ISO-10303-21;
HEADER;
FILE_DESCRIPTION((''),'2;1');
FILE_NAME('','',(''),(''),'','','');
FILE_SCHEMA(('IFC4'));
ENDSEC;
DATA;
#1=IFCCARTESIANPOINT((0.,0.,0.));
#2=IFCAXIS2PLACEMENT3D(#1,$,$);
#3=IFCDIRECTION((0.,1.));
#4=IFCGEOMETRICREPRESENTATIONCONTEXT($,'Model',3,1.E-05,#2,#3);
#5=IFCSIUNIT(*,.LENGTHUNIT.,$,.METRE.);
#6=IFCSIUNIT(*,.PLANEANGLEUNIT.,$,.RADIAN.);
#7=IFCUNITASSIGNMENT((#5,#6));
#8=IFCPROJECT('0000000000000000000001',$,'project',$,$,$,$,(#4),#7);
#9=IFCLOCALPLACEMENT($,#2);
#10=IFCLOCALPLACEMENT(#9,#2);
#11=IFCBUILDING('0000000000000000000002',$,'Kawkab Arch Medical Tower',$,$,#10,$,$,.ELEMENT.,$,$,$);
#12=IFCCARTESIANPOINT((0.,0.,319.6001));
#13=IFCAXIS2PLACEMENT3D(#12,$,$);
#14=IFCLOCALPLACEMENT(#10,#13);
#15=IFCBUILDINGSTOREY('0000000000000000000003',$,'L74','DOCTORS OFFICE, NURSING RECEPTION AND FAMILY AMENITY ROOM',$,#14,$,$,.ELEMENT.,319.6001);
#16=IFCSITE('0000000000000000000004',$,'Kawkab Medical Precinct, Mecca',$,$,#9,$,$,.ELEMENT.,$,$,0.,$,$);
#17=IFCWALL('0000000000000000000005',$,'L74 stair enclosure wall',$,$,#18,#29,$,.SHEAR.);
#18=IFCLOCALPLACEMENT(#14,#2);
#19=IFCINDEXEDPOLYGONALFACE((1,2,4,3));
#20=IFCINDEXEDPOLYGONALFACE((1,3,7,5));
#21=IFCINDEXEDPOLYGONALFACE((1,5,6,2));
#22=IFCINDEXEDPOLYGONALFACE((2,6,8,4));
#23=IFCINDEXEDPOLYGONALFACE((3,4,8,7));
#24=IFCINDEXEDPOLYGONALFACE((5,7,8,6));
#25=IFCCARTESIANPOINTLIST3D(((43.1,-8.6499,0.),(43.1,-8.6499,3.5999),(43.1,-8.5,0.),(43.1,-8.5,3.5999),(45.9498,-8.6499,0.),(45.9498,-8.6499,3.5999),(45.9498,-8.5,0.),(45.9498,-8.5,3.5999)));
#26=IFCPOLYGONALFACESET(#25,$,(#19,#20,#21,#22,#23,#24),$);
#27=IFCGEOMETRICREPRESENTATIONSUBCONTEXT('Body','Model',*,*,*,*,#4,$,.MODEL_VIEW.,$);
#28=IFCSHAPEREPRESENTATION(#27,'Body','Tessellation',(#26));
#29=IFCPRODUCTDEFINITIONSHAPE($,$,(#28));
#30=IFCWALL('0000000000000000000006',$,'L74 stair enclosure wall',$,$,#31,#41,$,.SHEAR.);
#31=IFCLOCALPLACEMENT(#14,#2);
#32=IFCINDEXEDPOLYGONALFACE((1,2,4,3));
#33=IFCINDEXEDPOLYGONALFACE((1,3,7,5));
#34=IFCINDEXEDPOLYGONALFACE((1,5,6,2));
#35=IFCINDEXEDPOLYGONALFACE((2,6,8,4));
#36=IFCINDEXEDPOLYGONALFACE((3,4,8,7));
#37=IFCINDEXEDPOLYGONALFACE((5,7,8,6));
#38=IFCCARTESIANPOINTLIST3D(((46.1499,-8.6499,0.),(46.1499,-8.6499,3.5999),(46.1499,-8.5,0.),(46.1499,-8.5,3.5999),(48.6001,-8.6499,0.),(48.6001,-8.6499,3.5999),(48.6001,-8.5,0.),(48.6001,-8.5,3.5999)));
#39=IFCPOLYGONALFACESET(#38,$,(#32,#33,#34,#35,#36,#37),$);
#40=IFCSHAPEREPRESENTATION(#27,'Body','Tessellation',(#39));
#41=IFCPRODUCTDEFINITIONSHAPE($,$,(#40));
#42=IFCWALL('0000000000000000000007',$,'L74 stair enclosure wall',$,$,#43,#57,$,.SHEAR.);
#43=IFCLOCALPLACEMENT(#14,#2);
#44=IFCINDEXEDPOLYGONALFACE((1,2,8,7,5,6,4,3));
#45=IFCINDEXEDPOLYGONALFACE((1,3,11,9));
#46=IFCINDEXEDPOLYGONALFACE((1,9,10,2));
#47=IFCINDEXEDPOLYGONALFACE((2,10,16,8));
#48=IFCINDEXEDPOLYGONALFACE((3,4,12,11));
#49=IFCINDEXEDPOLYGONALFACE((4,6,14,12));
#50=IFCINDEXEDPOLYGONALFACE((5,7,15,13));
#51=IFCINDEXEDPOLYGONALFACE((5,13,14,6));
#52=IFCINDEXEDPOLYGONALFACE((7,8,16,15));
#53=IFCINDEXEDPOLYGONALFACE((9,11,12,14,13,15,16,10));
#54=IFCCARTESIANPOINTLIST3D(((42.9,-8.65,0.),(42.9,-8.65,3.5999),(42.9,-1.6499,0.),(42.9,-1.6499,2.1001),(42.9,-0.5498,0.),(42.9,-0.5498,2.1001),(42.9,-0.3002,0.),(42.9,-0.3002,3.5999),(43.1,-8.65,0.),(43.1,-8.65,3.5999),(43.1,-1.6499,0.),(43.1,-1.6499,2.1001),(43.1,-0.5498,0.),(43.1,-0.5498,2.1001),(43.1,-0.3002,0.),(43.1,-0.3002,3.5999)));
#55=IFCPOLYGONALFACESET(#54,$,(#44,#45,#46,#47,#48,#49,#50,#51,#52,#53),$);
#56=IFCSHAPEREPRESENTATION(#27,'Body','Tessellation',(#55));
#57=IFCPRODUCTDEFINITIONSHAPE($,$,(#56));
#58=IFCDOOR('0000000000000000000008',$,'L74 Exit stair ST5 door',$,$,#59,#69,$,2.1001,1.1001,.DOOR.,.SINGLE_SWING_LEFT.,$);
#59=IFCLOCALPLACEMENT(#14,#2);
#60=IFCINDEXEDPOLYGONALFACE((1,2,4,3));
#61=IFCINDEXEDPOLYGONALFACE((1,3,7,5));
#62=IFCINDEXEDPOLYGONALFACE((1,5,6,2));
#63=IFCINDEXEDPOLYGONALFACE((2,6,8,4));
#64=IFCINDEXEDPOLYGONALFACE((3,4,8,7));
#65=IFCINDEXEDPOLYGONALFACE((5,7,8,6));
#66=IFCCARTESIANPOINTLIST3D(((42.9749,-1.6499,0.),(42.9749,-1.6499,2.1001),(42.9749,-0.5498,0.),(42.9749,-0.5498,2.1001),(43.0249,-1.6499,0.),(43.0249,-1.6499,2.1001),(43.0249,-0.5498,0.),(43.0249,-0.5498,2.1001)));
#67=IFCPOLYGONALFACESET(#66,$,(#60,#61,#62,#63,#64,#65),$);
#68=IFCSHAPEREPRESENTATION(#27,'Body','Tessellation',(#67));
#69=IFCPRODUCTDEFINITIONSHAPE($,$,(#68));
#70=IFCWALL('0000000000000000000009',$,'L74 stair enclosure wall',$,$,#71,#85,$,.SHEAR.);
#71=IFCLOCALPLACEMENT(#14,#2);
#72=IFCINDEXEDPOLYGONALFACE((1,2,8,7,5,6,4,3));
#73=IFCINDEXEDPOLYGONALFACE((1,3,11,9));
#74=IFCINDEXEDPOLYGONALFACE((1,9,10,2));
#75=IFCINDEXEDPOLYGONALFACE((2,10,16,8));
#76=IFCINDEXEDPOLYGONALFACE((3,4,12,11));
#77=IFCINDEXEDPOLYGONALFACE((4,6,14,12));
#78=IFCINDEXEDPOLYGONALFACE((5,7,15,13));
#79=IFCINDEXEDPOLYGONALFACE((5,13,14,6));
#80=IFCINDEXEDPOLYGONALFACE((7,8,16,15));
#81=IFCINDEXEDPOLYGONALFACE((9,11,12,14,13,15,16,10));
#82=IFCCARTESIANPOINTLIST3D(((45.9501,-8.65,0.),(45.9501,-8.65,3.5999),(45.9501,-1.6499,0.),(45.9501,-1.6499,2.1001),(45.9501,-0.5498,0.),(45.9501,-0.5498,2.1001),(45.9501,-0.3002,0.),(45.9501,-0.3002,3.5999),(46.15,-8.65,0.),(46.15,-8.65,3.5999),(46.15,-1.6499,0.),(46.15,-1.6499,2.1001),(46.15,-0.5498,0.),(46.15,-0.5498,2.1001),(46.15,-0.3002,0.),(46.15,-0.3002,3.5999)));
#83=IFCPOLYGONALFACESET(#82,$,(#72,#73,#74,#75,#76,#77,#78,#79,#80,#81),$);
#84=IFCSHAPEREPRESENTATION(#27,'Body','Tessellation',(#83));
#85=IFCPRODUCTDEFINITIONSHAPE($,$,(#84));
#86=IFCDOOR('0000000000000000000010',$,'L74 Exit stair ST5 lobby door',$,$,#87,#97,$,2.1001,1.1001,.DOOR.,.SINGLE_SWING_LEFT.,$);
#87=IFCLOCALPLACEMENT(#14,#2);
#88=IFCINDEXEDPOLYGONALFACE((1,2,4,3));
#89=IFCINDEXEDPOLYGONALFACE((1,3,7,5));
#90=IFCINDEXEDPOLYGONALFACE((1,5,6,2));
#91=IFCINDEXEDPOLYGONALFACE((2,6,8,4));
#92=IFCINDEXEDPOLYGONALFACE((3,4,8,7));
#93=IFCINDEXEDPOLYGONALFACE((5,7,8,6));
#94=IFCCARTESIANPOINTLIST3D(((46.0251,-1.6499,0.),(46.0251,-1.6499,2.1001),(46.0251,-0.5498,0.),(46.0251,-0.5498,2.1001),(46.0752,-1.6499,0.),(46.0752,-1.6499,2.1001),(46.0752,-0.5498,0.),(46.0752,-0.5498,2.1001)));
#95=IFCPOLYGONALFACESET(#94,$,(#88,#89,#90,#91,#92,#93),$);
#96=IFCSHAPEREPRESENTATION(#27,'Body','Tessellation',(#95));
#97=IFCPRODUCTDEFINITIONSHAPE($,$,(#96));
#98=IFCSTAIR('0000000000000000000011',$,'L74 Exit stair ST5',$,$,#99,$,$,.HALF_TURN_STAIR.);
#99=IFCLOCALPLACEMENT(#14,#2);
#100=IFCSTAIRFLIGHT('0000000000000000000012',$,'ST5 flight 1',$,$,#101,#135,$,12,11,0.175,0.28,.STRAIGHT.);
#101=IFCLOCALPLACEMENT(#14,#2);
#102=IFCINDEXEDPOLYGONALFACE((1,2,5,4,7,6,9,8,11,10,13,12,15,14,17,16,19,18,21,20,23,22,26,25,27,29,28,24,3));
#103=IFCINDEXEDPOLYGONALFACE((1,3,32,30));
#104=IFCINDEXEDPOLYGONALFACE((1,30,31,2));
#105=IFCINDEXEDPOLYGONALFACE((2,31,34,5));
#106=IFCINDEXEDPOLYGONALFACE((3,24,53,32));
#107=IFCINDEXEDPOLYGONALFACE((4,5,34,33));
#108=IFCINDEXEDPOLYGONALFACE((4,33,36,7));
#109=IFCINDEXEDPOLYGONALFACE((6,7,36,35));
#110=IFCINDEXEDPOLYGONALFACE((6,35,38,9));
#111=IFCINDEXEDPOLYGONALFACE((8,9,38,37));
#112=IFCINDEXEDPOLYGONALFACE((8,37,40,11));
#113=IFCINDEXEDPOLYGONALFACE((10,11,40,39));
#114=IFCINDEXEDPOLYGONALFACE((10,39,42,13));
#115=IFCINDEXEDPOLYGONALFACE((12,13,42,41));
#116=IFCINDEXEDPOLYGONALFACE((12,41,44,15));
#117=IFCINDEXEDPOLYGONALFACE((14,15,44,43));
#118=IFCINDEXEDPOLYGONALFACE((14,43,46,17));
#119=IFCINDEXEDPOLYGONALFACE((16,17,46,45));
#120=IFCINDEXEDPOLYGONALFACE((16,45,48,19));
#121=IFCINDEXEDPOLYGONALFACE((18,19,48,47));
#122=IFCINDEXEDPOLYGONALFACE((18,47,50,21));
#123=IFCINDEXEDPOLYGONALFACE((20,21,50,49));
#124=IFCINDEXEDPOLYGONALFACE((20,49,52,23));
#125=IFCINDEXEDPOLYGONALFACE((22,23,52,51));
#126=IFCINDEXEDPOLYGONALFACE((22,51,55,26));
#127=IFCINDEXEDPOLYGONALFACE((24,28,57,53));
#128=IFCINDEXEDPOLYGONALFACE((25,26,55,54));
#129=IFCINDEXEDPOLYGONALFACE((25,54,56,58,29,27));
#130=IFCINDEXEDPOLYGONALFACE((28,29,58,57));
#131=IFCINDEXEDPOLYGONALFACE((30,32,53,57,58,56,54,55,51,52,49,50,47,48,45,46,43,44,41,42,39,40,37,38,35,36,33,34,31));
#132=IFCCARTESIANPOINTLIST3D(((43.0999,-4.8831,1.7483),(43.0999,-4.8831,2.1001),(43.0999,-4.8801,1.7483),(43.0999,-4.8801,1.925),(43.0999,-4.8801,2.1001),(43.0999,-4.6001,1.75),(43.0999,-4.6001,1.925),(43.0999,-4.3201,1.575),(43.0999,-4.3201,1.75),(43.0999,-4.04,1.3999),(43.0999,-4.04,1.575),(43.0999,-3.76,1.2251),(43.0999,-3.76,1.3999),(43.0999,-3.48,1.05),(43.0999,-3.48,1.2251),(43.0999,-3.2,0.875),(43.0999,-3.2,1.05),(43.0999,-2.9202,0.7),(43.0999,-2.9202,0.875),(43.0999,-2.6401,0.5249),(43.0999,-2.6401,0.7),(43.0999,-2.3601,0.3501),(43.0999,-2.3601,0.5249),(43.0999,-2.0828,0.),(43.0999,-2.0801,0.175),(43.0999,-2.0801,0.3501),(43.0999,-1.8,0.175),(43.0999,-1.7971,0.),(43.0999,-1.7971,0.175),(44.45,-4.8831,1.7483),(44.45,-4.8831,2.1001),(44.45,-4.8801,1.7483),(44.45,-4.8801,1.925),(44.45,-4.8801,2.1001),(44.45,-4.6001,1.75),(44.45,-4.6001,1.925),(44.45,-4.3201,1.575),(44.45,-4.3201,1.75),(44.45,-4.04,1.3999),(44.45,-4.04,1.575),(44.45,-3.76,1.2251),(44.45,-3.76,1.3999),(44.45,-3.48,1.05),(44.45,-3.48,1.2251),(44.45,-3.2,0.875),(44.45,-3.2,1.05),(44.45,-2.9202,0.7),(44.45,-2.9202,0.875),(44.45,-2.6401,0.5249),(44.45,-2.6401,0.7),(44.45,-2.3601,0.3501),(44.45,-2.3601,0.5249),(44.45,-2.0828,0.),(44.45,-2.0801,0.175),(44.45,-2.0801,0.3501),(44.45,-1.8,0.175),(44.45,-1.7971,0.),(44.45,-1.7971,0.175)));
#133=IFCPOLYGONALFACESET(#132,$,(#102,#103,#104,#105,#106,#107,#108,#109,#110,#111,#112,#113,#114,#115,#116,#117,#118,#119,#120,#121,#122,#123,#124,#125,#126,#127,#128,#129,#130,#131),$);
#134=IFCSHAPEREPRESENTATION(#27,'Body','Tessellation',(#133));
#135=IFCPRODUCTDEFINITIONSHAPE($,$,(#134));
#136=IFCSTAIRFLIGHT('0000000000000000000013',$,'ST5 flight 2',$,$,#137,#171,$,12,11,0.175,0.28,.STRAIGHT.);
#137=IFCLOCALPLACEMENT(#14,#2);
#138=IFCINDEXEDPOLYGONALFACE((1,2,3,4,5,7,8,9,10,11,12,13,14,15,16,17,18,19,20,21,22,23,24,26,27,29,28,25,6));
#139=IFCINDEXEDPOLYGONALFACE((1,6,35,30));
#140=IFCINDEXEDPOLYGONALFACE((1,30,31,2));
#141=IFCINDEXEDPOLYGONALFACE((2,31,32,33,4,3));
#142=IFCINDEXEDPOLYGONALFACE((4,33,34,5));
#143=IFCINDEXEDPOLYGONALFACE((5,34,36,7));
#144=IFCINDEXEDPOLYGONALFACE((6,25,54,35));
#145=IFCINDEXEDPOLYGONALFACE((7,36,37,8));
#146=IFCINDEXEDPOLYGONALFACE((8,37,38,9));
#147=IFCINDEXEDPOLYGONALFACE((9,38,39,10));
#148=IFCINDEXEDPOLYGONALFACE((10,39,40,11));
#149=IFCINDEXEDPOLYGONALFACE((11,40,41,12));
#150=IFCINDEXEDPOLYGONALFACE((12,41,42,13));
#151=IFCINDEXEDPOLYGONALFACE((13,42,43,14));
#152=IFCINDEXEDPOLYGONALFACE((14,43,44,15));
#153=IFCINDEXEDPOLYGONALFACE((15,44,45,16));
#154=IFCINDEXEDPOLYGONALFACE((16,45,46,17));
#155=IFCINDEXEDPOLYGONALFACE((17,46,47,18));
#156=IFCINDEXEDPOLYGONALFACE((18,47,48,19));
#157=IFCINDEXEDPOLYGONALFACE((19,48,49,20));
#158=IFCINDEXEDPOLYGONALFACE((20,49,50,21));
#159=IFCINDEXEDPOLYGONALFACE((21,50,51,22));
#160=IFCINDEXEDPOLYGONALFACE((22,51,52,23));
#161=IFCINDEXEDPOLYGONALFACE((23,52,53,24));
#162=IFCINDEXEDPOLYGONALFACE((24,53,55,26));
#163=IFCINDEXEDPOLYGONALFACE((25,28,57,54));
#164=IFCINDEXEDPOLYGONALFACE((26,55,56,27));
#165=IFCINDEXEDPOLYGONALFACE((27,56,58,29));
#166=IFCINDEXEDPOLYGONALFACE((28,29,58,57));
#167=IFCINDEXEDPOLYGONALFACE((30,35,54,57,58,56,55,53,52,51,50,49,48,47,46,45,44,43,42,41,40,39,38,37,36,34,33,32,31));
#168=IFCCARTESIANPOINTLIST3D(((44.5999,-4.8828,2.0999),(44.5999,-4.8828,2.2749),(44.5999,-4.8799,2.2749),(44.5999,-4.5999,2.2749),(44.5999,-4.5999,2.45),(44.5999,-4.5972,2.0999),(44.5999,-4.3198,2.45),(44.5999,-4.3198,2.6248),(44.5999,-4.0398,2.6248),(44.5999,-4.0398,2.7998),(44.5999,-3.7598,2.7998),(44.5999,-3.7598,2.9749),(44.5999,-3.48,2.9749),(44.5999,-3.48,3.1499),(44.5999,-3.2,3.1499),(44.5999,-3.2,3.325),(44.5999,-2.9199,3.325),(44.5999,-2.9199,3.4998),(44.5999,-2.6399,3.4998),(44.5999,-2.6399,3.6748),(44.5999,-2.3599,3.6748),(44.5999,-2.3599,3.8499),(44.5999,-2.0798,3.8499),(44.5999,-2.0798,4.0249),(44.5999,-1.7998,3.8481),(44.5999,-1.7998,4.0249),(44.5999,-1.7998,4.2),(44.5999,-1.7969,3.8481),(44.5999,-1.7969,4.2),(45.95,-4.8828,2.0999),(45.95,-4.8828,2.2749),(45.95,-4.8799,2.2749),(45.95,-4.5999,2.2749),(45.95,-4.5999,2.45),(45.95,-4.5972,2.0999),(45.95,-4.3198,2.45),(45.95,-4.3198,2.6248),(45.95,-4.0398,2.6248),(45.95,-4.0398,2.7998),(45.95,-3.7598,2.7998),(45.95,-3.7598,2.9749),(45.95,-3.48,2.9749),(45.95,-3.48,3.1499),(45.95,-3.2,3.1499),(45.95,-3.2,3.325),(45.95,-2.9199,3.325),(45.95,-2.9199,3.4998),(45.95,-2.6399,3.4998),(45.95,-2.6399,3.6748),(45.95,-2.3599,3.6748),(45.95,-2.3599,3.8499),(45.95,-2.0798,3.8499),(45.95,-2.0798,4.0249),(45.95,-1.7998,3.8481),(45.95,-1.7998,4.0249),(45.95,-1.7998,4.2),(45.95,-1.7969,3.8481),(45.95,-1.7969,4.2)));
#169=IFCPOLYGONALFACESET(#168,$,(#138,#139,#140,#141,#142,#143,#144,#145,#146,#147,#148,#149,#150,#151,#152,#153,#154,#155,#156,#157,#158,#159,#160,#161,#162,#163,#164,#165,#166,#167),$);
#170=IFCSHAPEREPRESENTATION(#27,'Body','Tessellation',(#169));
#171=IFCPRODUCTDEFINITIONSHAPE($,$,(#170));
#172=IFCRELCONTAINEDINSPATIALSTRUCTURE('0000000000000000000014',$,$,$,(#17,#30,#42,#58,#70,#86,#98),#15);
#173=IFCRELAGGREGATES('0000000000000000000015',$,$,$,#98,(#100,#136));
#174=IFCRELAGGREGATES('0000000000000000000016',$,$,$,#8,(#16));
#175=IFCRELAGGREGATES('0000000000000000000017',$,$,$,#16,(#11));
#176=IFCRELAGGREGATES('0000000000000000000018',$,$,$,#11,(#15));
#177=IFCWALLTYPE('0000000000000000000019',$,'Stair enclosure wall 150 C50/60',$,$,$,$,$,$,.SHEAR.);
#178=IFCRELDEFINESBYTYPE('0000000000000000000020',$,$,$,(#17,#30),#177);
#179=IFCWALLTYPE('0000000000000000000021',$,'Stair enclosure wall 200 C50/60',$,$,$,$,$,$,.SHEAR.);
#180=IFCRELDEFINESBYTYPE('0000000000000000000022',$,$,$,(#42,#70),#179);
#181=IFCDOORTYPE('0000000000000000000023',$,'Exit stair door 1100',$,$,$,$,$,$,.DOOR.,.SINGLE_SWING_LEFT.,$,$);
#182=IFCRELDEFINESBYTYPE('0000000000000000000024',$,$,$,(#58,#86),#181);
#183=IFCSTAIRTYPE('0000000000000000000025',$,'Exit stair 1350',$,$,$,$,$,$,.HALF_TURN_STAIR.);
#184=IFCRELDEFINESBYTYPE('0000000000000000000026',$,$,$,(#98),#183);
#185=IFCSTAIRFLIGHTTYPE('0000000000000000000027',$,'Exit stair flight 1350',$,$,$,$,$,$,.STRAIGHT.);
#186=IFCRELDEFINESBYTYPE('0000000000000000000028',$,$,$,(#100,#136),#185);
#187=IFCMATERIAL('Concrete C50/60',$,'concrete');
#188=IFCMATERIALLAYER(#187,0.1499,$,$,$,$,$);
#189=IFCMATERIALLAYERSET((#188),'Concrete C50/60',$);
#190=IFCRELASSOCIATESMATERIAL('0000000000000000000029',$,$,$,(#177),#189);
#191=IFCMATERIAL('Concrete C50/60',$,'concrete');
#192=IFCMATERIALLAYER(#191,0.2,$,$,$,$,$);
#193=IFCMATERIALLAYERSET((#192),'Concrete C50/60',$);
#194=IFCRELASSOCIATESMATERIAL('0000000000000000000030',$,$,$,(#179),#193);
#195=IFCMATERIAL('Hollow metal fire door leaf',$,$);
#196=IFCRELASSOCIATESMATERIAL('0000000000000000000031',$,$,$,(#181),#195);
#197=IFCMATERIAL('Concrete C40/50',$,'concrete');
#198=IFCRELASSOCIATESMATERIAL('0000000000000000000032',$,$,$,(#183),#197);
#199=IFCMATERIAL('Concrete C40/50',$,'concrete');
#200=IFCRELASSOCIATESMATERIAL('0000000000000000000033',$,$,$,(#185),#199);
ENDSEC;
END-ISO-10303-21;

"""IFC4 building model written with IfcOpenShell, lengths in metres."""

from ifc_helpers import new_model, si_unit, direction, frame, frame_2d, origin, place, context, subcontext, project, spatial, polyline, rectangle, outline, extrude, material, layer, layer_set, type_object, element, fill, aggregate, save


model = new_model("IFC4")

# Units and contexts
model_context = context("Model", 3, precision=1e-05, world=origin(), true_north=direction((0.0, 1.0)))
body_context = subcontext(model_context, "Body", "Model", "MODEL_VIEW")
ifc_project = project(units=[si_unit("LENGTHUNIT", "METRE"), si_unit("PLANEANGLEUNIT", "RADIAN")], contexts=[model_context])

# Site, building, storey
site_placement = place(None, origin())
site = spatial("IfcSite", under=ifc_project, at=site_placement, Name="Kawkab Medical Precinct, Mecca", CompositionType="ELEMENT", RefElevation=0.0)
building_placement = place(site_placement, origin())
building = spatial("IfcBuilding", under=site, at=building_placement, Name="Kawkab Arch Medical Tower", CompositionType="ELEMENT")
storey_placement = place(building_placement, frame((0.0, 0.0, 319.6001)))
storey = spatial("IfcBuildingStorey", under=building, at=storey_placement, Name="L74", Description="DOCTORS OFFICE, NURSING RECEPTION AND FAMILY AMENITY ROOM", CompositionType="ELEMENT", Elevation=319.6001)

# Shared definitions
placement = place(storey_placement, origin())

# Walls
ifc_material_1 = material(Name="Concrete C50/60", Category="concrete")
ifc_layer_1 = layer(ifc_material_1, 0.1499)
ifc_layer_set_1 = layer_set([ifc_layer_1], Name="Concrete C50/60")
wall_type_1 = type_object("IfcWallType", Name="Stair enclosure wall 150 C50/60", PredefinedType="SHEAR", material=ifc_layer_set_1)
wall_1_placement = place(storey_placement, frame((43.1001, -8.575, 0.0), z_axis=(0.0, 0.0, 1.0), x_axis=(1.0, 0.0, 0.0)))
element("IfcWall", 1, at=wall_1_placement, inside=storey, type_object=wall_type_1, Name="L74 stair enclosure wall", PredefinedType="SHEAR", context=body_context, shape_type="SweptSolid", body=[
    extrude(rectangle(XDim=2.8499, YDim=0.1499, at=frame_2d((1.4248, 0.0))), origin(), (0.0, 0.0, 1.0), 3.5999),
])
wall_2_placement = place(storey_placement, frame((46.1499, -8.575, 0.0), z_axis=(0.0, 0.0, 1.0), x_axis=(1.0, 0.0, 0.0)))
element("IfcWall", 2, at=wall_2_placement, inside=storey, type_object=wall_type_1, Name="L74 stair enclosure wall", PredefinedType="SHEAR", context=body_context, shape_type="SweptSolid", body=[
    extrude(rectangle(XDim=2.4502, YDim=0.1499, at=frame_2d((1.2251, 0.0))), origin(), (0.0, 0.0, 1.0), 3.5999),
])

# Walls, openings, doors
ifc_material_2 = material(Name="Concrete C50/60", Category="concrete")
ifc_layer_2 = layer(ifc_material_2, 0.2)
ifc_layer_set_2 = layer_set([ifc_layer_2], Name="Concrete C50/60")
wall_type_2 = type_object("IfcWallType", Name="Stair enclosure wall 200 C50/60", PredefinedType="SHEAR", material=ifc_layer_set_2)
wall_3_placement = place(storey_placement, frame((43.0, -8.6499, 0.0), z_axis=(0.0, 0.0, 1.0), x_axis=(0.0, 1.0, 0.0)))
wall_3 = element("IfcWall", 3, at=wall_3_placement, inside=storey, type_object=wall_type_2, Name="L74 stair enclosure wall", PredefinedType="SHEAR", context=body_context, shape_type="SweptSolid", body=[
    extrude(rectangle(XDim=8.3499, YDim=0.2, at=frame_2d((4.1748, 0.0))), origin(), (0.0, 0.0, 1.0), 3.5999),
])
opening_1_placement = place(wall_3_placement, frame((7.0, 0.0, 0.0)))
opening_1 = element("IfcOpeningElement", 4, at=opening_1_placement, cuts=wall_3, PredefinedType="OPENING", context=body_context, shape_type="SweptSolid", body=[
    extrude(rectangle(XDim=1.1001, YDim=2.1001, at=frame_2d((0.55, 1.05))), frame((0.0, 0.1099, 0.0), z_axis=(0.0, -1.0, 0.0), x_axis=(1.0, 0.0, 0.0)), (0.0, 0.0, 1.0), 0.22),
])
ifc_material_3 = material(Name="Hollow metal fire door leaf")
door_type_1 = type_object("IfcDoorType", Name="Exit stair door 1100", OperationType="SINGLE_SWING_LEFT", PredefinedType="DOOR", material=ifc_material_3)
door_1_placement = place(opening_1_placement, frame((1.1001, 0.0, 0.0), z_axis=(0.0, 0.0, 1.0), x_axis=(-1.0, 0.0, 0.0)))
door_1 = element("IfcDoor", 5, at=door_1_placement, inside=storey, type_object=door_type_1, Name="L74 Exit stair ST5 door", OperationType="SINGLE_SWING_LEFT", OverallHeight=2.1001, OverallWidth=1.1001, PredefinedType="DOOR", context=body_context, shape_type="SweptSolid", body=[
    extrude(rectangle(XDim=1.1001, YDim=2.1001, at=frame_2d((0.55, 1.05))), frame((0.0, 0.0249, 0.0), z_axis=(0.0, -1.0, 0.0), x_axis=(1.0, 0.0, 0.0)), (0.0, 0.0, 1.0), 0.05),
])
fill(opening_1, door_1)
wall_4_placement = place(storey_placement, frame((46.05, -8.6499, 0.0), z_axis=(0.0, 0.0, 1.0), x_axis=(0.0, 1.0, 0.0)))
wall_4 = element("IfcWall", 6, at=wall_4_placement, inside=storey, type_object=wall_type_2, Name="L74 stair enclosure wall", PredefinedType="SHEAR", context=body_context, shape_type="SweptSolid", body=[
    extrude(rectangle(XDim=8.3499, YDim=0.2, at=frame_2d((4.1748, 0.0))), origin(), (0.0, 0.0, 1.0), 3.5999),
])
opening_2_placement = place(wall_4_placement, frame((7.0, 0.0, 0.0)))
opening_2 = element("IfcOpeningElement", 7, at=opening_2_placement, cuts=wall_4, PredefinedType="OPENING", context=body_context, shape_type="SweptSolid", body=[
    extrude(rectangle(XDim=1.1001, YDim=2.1001, at=frame_2d((0.55, 1.05))), frame((0.0, 0.1099, 0.0), z_axis=(0.0, -1.0, 0.0), x_axis=(1.0, 0.0, 0.0)), (0.0, 0.0, 1.0), 0.22),
])
door_2_placement = place(opening_2_placement, origin())
door_2 = element("IfcDoor", 8, at=door_2_placement, inside=storey, type_object=door_type_1, Name="L74 Exit stair ST5 lobby door", OperationType="SINGLE_SWING_LEFT", OverallHeight=2.1001, OverallWidth=1.1001, PredefinedType="DOOR", context=body_context, shape_type="SweptSolid", body=[
    extrude(rectangle(XDim=1.1001, YDim=2.1001, at=frame_2d((0.55, 1.05))), frame((0.0, 0.0249, 0.0), z_axis=(0.0, -1.0, 0.0), x_axis=(1.0, 0.0, 0.0)), (0.0, 0.0, 1.0), 0.05),
])
fill(opening_2, door_2)

# Stair, stair flights
ifc_material_4 = material(Name="Concrete C40/50", Category="concrete")
stair_type = type_object("IfcStairType", Name="Exit stair 1350", PredefinedType="HALF_TURN_STAIR", material=ifc_material_4)
stair = element("IfcStair", 9, at=placement, inside=storey, type_object=stair_type, Name="L74 Exit stair ST5", PredefinedType="HALF_TURN_STAIR")
ifc_material_5 = material(Name="Concrete C40/50", Category="concrete")
stair_flight_type = type_object("IfcStairFlightType", Name="Exit stair flight 1350", PredefinedType="STRAIGHT", material=ifc_material_5)
stair_flight_1_placement = place(storey_placement, frame((43.7749, -1.8, 0.0), z_axis=(0.0, 0.0, 1.0), x_axis=(0.0, -1.0, 0.0)))
stair_flight_1 = element("IfcStairFlight", 10, at=stair_flight_1_placement, type_object=stair_flight_type, Name="ST5 flight 1", NumberOfRisers=12, NumberOfTreads=11, PredefinedType="STRAIGHT", RiserHeight=0.175, TreadLength=0.28, context=body_context, shape_type="SweptSolid", body=[
    extrude(outline(polyline([(-0.0029, 0.0), (-0.0029, 0.175), (0.0, 0.175), (0.28, 0.175), (0.28, 0.3501), (0.5601, 0.3501), (0.5601, 0.5249), (0.8401, 0.5249), (0.8401, 0.7), (1.1201, 0.7), (1.1201, 0.875), (1.3999, 0.875), (1.3999, 1.05), (1.6799, 1.05), (1.6799, 1.2251), (1.96, 1.2251), (1.96, 1.3999), (2.24, 1.3999), (2.24, 1.575), (2.52, 1.575), (2.52, 1.75), (2.8, 1.75), (2.8, 1.925), (3.0801, 1.925), (3.0801, 2.1001), (3.083, 2.1001), (3.083, 1.7483), (3.0801, 1.7483), (0.2827, 0.0), (-0.0029, 0.0)])), frame((0.0, 0.675, 0.0), z_axis=(0.0, -1.0, 0.0), x_axis=(1.0, 0.0, 0.0)), (0.0, 0.0, 1.0), 1.3501),
])
stair_flight_2_placement = place(storey_placement, frame((45.2749, -4.8799, 2.0999), z_axis=(0.0, 0.0, 1.0), x_axis=(0.0, 1.0, 0.0)))
stair_flight_2 = element("IfcStairFlight", 11, at=stair_flight_2_placement, type_object=stair_flight_type, Name="ST5 flight 2", NumberOfRisers=12, NumberOfTreads=11, PredefinedType="STRAIGHT", RiserHeight=0.175, TreadLength=0.28, context=body_context, shape_type="SweptSolid", body=[
    extrude(outline(polyline([(-0.0029, 0.0), (-0.0029, 0.175), (0.0, 0.175), (0.28, 0.175), (0.28, 0.3501), (0.5601, 0.3501), (0.5601, 0.5249), (0.8401, 0.5249), (0.8401, 0.7), (1.1201, 0.7), (1.1201, 0.875), (1.3999, 0.875), (1.3999, 1.05), (1.6799, 1.05), (1.6799, 1.2251), (1.96, 1.2251), (1.96, 1.3999), (2.24, 1.3999), (2.24, 1.575), (2.52, 1.575), (2.52, 1.75), (2.8, 1.75), (2.8, 1.925), (3.0801, 1.925), (3.0801, 2.1001), (3.083, 2.1001), (3.083, 1.7483), (3.0801, 1.7483), (0.2827, 0.0), (-0.0029, 0.0)])), frame((0.0, 0.675, 0.0), z_axis=(0.0, -1.0, 0.0), x_axis=(1.0, 0.0, 0.0)), (0.0, 0.0, 1.0), 1.3501),
])
aggregate(stair, [stair_flight_1, stair_flight_2])

save(model, "model.ifc")
